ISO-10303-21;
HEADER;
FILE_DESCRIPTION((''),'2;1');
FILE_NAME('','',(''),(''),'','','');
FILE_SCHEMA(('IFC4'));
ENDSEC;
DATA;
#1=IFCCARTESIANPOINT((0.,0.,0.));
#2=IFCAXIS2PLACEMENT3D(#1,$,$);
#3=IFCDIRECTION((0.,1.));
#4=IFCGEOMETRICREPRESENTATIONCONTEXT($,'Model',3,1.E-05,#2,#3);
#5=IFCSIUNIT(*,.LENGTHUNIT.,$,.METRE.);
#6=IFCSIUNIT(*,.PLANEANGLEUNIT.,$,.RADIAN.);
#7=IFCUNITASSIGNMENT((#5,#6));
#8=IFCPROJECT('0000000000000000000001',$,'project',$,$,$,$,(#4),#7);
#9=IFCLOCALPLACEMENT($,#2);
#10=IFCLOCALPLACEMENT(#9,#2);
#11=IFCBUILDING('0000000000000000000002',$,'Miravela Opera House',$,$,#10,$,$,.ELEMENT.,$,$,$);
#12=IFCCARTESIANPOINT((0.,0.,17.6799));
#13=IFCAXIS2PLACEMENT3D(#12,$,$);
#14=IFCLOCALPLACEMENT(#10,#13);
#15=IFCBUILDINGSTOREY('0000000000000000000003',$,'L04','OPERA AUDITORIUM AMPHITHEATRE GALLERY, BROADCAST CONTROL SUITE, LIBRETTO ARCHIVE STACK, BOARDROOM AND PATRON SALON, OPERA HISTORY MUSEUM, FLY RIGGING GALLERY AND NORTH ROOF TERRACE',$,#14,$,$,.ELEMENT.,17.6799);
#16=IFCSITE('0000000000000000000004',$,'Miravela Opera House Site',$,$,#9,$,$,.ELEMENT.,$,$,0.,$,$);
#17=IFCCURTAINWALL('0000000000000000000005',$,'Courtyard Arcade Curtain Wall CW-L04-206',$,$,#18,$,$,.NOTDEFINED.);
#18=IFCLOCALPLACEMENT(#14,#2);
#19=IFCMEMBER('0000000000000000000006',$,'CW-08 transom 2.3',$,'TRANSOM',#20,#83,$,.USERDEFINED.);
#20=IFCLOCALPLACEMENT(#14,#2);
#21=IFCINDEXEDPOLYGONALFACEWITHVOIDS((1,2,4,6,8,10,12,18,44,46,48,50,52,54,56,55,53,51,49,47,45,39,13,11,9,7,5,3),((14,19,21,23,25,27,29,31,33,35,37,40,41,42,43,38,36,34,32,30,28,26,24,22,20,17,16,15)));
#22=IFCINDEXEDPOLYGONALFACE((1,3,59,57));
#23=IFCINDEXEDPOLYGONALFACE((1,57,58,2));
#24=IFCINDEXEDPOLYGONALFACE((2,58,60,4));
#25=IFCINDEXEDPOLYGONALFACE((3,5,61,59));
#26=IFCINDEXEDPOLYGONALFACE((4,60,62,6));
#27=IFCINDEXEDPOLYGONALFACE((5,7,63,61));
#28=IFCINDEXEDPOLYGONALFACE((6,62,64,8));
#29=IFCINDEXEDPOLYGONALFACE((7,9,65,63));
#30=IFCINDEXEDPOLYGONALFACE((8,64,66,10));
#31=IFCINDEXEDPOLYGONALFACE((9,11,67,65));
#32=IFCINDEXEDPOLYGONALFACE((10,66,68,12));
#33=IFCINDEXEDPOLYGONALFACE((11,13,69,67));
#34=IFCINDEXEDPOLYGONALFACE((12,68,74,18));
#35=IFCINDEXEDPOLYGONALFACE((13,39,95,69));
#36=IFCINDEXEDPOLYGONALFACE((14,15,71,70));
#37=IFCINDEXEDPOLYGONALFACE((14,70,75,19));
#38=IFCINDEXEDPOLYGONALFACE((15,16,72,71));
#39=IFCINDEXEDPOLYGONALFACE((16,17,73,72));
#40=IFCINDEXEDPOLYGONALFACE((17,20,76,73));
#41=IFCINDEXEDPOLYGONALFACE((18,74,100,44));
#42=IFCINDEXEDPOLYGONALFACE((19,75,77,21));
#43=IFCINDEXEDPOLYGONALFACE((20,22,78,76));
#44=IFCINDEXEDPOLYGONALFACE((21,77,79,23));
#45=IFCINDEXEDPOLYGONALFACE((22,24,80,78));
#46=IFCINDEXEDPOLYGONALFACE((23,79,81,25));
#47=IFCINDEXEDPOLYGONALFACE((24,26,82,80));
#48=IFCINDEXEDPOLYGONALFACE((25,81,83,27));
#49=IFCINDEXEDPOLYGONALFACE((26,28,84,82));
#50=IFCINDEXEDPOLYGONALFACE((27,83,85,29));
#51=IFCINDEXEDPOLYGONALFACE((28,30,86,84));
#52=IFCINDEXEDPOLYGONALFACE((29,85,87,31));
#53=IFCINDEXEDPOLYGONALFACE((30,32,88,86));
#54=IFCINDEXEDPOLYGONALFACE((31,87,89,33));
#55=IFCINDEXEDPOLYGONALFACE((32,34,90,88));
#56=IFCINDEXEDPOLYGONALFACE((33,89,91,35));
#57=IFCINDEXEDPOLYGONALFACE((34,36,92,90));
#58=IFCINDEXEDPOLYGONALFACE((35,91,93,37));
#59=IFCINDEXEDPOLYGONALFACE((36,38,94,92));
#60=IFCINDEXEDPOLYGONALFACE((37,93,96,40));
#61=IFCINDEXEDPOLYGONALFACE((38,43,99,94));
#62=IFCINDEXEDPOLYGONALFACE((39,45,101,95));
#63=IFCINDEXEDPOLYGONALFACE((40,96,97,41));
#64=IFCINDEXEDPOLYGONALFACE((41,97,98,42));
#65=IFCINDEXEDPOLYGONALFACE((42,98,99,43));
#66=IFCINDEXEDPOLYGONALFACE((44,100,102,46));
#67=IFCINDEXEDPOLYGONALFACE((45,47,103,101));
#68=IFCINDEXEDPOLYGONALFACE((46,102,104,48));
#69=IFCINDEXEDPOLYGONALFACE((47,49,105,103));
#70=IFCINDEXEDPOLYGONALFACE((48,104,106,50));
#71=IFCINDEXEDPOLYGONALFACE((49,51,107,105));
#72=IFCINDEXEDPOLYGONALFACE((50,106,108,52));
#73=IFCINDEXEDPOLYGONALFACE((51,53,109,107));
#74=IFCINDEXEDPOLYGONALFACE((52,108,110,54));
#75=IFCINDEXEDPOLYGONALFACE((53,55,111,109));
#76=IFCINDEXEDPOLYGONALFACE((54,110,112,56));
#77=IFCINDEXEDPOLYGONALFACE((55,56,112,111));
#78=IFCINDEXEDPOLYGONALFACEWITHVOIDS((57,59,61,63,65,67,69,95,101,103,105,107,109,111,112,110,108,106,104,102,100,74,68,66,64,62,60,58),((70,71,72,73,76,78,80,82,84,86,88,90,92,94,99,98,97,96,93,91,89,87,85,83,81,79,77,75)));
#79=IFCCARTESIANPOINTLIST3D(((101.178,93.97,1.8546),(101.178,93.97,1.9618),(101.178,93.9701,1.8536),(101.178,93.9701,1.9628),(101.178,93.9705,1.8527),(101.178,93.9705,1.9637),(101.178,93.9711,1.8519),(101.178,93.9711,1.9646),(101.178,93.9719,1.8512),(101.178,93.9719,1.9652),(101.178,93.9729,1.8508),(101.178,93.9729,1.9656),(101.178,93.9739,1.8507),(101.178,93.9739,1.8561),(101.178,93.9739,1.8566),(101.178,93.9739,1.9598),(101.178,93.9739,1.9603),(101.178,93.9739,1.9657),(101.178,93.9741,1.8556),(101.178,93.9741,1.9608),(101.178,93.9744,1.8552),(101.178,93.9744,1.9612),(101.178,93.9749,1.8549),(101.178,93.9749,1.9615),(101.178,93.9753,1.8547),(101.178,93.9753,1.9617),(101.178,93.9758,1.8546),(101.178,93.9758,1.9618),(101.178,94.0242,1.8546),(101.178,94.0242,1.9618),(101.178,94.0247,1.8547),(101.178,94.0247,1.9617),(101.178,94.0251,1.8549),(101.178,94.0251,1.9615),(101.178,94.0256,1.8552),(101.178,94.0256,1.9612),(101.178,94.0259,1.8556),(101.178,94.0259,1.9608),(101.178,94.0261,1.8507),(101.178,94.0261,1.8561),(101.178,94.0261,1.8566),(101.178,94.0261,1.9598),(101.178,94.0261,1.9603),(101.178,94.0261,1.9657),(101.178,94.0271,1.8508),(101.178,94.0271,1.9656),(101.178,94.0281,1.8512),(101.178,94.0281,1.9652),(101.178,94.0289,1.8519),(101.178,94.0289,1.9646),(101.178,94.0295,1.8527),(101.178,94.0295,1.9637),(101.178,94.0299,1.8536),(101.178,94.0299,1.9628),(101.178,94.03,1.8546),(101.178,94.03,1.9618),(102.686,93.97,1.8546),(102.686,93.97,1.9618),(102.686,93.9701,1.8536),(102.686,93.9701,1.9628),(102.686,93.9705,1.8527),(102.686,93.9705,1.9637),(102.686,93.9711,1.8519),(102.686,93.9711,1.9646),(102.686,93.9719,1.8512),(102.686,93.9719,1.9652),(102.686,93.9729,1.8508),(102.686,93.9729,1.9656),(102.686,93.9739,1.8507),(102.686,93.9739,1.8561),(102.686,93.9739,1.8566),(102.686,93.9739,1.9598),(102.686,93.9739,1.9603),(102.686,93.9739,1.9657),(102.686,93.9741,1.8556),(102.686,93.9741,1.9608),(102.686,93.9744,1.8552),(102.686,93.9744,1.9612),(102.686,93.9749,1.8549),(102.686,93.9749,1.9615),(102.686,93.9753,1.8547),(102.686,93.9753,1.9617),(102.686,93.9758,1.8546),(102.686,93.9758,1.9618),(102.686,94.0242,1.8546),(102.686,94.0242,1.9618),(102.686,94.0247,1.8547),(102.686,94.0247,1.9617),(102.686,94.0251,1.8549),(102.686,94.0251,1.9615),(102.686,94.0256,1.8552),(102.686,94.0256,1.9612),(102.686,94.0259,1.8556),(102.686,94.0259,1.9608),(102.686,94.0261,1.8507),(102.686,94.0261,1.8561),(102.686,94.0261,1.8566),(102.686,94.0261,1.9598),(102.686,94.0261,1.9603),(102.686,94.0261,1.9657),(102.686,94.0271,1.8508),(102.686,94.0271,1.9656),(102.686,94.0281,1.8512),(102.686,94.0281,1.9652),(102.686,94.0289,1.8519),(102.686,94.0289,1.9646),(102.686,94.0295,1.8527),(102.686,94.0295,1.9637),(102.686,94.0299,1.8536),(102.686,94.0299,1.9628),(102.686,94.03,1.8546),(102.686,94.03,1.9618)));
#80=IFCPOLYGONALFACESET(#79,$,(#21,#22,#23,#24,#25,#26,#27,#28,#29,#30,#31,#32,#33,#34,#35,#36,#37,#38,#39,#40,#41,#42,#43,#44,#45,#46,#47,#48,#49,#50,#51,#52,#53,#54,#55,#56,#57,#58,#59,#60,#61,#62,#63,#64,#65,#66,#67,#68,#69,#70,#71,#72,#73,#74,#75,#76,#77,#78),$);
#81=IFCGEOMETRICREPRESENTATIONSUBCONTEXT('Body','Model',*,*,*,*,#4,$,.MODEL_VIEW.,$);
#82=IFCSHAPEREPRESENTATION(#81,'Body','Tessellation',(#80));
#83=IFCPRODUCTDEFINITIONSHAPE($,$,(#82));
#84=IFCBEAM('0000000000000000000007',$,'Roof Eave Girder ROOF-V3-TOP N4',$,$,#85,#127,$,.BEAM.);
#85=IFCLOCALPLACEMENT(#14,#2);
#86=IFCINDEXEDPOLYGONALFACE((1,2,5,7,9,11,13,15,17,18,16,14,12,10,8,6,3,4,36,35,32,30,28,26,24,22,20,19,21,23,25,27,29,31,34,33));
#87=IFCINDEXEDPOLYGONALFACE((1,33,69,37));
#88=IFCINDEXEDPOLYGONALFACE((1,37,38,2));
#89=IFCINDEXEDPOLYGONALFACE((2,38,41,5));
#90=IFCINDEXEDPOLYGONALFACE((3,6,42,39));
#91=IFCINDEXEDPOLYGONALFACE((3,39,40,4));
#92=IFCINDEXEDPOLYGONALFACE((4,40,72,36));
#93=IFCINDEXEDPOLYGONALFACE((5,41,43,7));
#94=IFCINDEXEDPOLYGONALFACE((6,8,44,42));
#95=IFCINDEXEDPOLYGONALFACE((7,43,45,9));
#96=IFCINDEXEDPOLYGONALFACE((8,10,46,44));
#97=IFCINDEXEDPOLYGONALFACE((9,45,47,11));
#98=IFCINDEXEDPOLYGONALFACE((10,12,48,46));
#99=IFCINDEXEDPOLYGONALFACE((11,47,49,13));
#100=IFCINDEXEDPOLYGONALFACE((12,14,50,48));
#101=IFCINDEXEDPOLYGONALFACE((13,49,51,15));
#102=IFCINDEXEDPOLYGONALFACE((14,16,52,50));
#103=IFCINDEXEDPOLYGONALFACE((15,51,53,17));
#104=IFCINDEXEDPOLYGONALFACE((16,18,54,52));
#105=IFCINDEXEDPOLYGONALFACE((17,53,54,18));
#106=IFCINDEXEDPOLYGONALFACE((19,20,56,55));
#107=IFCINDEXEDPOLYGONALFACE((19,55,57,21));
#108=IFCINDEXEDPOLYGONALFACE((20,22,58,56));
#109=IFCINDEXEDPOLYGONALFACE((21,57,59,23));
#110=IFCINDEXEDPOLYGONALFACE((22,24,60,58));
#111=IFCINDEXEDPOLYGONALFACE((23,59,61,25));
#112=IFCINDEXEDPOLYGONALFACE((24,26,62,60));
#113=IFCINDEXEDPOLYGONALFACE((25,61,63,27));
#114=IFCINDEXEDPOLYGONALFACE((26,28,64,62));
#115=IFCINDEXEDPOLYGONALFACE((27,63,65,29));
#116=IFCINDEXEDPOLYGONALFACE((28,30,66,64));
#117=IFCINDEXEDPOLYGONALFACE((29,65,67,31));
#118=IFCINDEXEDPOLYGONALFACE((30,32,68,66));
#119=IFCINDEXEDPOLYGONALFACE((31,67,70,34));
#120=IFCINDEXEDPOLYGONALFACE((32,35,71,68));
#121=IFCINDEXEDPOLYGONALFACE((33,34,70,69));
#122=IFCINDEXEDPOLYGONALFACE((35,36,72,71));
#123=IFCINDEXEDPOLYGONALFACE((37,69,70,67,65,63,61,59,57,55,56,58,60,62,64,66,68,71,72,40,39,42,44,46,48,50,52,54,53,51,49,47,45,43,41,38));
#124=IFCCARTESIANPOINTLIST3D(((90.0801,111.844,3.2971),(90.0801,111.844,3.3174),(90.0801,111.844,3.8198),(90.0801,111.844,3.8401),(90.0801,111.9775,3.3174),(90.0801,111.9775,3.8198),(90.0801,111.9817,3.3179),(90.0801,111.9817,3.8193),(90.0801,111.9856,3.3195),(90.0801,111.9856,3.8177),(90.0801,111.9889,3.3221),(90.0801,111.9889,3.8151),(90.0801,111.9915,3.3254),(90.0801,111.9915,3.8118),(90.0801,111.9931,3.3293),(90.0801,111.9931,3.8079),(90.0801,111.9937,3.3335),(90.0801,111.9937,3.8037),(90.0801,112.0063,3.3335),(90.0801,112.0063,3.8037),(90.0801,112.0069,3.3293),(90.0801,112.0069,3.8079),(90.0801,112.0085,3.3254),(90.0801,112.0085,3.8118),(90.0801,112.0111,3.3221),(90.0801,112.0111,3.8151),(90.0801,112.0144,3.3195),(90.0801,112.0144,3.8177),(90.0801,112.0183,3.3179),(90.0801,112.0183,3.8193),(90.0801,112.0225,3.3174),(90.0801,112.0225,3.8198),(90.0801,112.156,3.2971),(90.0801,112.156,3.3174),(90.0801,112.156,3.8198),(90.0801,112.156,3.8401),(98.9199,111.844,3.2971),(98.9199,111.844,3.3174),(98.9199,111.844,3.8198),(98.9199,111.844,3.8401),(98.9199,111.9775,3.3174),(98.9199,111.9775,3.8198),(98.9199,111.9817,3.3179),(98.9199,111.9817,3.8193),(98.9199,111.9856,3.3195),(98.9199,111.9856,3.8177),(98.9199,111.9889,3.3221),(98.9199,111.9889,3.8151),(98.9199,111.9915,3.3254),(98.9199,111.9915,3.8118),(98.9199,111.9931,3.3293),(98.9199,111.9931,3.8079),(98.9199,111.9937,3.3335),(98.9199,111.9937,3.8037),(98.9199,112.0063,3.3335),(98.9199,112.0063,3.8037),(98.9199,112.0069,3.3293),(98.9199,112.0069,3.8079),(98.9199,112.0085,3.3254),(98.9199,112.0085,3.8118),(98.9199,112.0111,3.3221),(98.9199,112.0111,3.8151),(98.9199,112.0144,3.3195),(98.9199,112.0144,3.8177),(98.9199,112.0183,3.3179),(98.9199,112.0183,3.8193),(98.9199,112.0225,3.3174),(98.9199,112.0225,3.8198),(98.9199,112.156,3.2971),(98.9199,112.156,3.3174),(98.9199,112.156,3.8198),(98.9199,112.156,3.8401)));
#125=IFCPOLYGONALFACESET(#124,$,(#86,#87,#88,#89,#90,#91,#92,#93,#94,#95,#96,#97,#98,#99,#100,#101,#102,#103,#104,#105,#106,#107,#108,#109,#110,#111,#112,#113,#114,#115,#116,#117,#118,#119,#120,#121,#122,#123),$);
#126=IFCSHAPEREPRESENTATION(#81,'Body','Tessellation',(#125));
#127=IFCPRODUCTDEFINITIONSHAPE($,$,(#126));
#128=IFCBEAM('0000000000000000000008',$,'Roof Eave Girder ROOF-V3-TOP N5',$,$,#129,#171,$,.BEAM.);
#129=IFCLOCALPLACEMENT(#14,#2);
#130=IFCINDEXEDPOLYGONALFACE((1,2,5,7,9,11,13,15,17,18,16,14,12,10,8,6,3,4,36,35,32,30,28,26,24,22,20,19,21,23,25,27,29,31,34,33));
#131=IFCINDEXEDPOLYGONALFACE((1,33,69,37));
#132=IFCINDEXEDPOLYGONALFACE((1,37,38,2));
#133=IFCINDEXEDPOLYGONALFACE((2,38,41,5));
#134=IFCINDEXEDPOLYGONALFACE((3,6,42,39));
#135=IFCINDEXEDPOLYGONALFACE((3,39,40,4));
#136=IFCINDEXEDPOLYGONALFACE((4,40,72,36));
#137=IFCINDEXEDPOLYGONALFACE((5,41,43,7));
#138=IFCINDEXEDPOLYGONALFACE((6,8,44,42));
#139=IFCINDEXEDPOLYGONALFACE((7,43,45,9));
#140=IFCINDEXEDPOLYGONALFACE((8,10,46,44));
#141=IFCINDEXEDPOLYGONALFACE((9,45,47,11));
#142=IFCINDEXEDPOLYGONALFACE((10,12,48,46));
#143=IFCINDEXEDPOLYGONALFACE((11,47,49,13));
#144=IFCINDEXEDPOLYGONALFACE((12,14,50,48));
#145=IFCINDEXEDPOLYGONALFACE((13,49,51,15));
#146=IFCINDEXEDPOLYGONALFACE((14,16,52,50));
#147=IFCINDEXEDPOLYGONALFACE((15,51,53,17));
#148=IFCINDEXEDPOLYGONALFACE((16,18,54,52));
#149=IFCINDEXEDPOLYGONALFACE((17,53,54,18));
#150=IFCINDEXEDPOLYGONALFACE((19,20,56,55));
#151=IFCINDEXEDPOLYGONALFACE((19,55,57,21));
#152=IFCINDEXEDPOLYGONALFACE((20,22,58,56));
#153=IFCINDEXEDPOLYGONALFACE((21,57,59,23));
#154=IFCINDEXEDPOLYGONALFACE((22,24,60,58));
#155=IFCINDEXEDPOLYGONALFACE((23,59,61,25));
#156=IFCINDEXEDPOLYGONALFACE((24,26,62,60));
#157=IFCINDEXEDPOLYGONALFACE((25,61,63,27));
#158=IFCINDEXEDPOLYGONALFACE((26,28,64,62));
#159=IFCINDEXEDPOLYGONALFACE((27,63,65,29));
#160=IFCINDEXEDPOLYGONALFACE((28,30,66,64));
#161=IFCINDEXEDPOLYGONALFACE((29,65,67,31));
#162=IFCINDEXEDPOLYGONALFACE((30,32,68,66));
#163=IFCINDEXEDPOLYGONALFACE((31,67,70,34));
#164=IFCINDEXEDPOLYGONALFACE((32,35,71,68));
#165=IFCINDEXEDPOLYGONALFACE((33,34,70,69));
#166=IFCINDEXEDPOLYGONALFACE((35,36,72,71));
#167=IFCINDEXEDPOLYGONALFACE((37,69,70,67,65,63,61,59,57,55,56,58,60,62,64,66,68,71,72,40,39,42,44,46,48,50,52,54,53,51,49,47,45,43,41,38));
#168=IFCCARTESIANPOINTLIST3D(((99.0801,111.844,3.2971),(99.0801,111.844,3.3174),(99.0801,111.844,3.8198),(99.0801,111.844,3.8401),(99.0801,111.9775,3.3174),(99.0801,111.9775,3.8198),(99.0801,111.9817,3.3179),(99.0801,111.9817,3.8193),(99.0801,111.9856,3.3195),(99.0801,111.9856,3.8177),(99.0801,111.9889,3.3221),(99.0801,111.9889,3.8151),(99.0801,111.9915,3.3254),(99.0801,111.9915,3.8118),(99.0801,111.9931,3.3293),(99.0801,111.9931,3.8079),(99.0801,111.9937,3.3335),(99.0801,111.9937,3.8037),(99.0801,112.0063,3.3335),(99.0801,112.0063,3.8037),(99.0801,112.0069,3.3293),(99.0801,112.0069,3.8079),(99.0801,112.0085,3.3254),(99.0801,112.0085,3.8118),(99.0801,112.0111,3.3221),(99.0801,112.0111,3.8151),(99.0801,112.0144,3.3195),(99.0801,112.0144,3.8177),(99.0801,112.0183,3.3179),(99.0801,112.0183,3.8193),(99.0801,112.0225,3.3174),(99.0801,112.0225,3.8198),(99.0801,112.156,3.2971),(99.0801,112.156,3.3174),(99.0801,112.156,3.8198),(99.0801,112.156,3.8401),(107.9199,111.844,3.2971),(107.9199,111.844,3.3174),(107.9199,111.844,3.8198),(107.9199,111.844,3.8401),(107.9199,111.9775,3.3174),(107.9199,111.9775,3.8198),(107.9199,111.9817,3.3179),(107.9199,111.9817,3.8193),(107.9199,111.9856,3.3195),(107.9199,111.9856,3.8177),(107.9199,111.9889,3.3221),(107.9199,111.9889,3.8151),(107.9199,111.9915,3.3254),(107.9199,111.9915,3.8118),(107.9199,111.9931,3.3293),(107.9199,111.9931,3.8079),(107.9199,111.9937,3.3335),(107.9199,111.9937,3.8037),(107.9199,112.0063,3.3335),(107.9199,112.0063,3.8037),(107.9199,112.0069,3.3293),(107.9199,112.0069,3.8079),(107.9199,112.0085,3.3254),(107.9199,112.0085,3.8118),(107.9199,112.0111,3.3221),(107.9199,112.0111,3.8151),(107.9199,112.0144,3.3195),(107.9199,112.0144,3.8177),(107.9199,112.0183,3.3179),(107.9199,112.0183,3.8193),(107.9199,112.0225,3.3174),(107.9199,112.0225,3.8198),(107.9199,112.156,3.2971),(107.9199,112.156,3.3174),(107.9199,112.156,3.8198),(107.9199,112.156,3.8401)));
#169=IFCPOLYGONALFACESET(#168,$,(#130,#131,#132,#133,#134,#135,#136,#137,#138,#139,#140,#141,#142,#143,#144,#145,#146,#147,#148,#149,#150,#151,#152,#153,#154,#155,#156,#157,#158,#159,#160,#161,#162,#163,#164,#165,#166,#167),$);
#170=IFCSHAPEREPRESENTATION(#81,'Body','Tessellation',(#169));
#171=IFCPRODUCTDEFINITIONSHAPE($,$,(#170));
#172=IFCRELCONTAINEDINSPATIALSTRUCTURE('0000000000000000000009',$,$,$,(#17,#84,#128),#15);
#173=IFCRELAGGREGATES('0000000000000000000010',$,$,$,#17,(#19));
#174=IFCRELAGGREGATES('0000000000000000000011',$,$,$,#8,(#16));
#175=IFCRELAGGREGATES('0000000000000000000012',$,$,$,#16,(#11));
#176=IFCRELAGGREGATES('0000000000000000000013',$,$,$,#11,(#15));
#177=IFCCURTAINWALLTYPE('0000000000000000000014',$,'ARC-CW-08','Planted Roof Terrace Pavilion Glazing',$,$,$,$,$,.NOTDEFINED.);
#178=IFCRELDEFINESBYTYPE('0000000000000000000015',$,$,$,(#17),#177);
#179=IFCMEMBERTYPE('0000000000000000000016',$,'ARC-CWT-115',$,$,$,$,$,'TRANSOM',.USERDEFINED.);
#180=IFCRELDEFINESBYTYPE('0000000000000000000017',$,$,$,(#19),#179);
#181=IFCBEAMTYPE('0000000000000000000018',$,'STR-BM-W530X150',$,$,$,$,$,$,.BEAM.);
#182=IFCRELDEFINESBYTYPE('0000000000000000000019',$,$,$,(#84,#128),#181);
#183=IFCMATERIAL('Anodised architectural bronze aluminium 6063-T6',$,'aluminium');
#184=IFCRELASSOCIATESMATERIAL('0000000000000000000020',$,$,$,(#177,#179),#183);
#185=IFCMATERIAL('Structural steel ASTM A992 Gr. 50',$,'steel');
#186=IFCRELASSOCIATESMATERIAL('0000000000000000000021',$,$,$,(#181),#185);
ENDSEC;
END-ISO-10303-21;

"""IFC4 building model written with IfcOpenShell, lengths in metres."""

from ifc_helpers import new_model, si_unit, direction, frame, origin, origin_2d, place, context, subcontext, project, spatial, hollow_rectangle, i_section, extrude, material, material_profile, profile_set, type_object, element, aggregate, save


model = new_model("IFC4")

# Units and contexts
model_context = context("Model", 3, precision=1e-05, world=origin(), true_north=direction((0.0, 1.0)))
body_context = subcontext(model_context, "Body", "Model", "MODEL_VIEW")
ifc_project = project(units=[si_unit("LENGTHUNIT", "METRE"), si_unit("PLANEANGLEUNIT", "RADIAN")], contexts=[model_context])

# Site, building, storey
site_placement = place(None, origin())
site = spatial("IfcSite", under=ifc_project, at=site_placement, Name="Miravela Opera House Site", CompositionType="ELEMENT", RefElevation=0.0)
building_placement = place(site_placement, origin())
building = spatial("IfcBuilding", under=site, at=building_placement, Name="Miravela Opera House", CompositionType="ELEMENT")
storey_placement = place(building_placement, frame((0.0, 0.0, 17.6799)))
storey = spatial("IfcBuildingStorey", under=building, at=storey_placement, Name="L04", Description="OPERA AUDITORIUM AMPHITHEATRE GALLERY, BROADCAST CONTROL SUITE, LIBRETTO ARCHIVE STACK, BOARDROOM AND PATRON SALON, OPERA HISTORY MUSEUM, FLY RIGGING GALLERY AND NORTH ROOF TERRACE", CompositionType="ELEMENT", Elevation=17.6799)

# Curtain wall, member
ifc_material_1 = material(Name="Anodised architectural bronze aluminium 6063-T6", Category="aluminium")
curtain_wall_type = type_object("IfcCurtainWallType", Name="ARC-CW-08", Description="Planted Roof Terrace Pavilion Glazing", PredefinedType="NOTDEFINED", material=ifc_material_1)
curtain_wall_placement = place(storey_placement, origin())
curtain_wall = element("IfcCurtainWall", 1, at=curtain_wall_placement, inside=storey, type_object=curtain_wall_type, Name="Courtyard Arcade Curtain Wall CW-L04-206", PredefinedType="NOTDEFINED")
ifc_material_profile_1 = material_profile(ifc_material_1, hollow_rectangle(XDim=0.0601, YDim=0.115, WallThickness=0.0039, InnerFilletRadius=0.002, OuterFilletRadius=0.0039, at=origin_2d()), Name="CWT-60X115")
ifc_profile_set_1 = profile_set([ifc_material_profile_1])
member_type_1 = type_object("IfcMemberType", Name="ARC-CWT-115", ElementType="TRANSOM", PredefinedType="USERDEFINED", material=ifc_profile_set_1)
member_1_placement = place(storey_placement, frame((101.178, 94.0, 1.9082), z_axis=(1.0, 0.0, 0.0), x_axis=(0.0, 1.0, 0.0)))
member_1 = element("IfcMember", 2, at=member_1_placement, type_object=member_type_1, Name="CW-08 transom 2.3", ObjectType="TRANSOM", PredefinedType="USERDEFINED", context=body_context, shape_type="SweptSolid", body=[
    extrude(hollow_rectangle(XDim=0.0601, YDim=0.115, WallThickness=0.0039, InnerFilletRadius=0.002, OuterFilletRadius=0.0039, at=origin_2d()), origin(), (0.0, 0.0, 1.0), 1.5081),
])

# Beams
ifc_material_2 = material(Name="Structural steel ASTM A992 Gr. 50", Category="steel")
ifc_material_profile_2 = material_profile(ifc_material_2, i_section(OverallWidth=0.312, OverallDepth=0.543, WebThickness=0.0127, FlangeThickness=0.0203, FilletRadius=0.0161, at=origin_2d()), Name="W530X150")
ifc_profile_set_2 = profile_set([ifc_material_profile_2])
beam_type = type_object("IfcBeamType", Name="STR-BM-W530X150", PredefinedType="BEAM", material=ifc_profile_set_2)
for number, where, z_axis, x_axis, name in (
    (3, (90.0801, 112.0, 3.5686), (1.0, 0.0, 0.0), (0.0, 1.0, 0.0), "Roof Eave Girder ROOF-V3-TOP N4"),
    (4, (99.0801, 112.0, 3.5686), (1.0, 0.0, 0.0), (0.0, 1.0, 0.0), "Roof Eave Girder ROOF-V3-TOP N5"),
):
    element("IfcBeam", number, at=place(storey_placement, frame(where, z_axis=z_axis, x_axis=x_axis)), inside=storey, type_object=beam_type, Name=name, PredefinedType="BEAM", context=body_context, shape_type="SweptSolid", body=[
        extrude(i_section(OverallWidth=0.312, OverallDepth=0.543, WebThickness=0.0127, FlangeThickness=0.0203, FilletRadius=0.0161, at=origin_2d()), origin(), (0.0, 0.0, 1.0), 8.8398),
    ])

aggregate(curtain_wall, [member_1])

save(model, "model.ifc")
